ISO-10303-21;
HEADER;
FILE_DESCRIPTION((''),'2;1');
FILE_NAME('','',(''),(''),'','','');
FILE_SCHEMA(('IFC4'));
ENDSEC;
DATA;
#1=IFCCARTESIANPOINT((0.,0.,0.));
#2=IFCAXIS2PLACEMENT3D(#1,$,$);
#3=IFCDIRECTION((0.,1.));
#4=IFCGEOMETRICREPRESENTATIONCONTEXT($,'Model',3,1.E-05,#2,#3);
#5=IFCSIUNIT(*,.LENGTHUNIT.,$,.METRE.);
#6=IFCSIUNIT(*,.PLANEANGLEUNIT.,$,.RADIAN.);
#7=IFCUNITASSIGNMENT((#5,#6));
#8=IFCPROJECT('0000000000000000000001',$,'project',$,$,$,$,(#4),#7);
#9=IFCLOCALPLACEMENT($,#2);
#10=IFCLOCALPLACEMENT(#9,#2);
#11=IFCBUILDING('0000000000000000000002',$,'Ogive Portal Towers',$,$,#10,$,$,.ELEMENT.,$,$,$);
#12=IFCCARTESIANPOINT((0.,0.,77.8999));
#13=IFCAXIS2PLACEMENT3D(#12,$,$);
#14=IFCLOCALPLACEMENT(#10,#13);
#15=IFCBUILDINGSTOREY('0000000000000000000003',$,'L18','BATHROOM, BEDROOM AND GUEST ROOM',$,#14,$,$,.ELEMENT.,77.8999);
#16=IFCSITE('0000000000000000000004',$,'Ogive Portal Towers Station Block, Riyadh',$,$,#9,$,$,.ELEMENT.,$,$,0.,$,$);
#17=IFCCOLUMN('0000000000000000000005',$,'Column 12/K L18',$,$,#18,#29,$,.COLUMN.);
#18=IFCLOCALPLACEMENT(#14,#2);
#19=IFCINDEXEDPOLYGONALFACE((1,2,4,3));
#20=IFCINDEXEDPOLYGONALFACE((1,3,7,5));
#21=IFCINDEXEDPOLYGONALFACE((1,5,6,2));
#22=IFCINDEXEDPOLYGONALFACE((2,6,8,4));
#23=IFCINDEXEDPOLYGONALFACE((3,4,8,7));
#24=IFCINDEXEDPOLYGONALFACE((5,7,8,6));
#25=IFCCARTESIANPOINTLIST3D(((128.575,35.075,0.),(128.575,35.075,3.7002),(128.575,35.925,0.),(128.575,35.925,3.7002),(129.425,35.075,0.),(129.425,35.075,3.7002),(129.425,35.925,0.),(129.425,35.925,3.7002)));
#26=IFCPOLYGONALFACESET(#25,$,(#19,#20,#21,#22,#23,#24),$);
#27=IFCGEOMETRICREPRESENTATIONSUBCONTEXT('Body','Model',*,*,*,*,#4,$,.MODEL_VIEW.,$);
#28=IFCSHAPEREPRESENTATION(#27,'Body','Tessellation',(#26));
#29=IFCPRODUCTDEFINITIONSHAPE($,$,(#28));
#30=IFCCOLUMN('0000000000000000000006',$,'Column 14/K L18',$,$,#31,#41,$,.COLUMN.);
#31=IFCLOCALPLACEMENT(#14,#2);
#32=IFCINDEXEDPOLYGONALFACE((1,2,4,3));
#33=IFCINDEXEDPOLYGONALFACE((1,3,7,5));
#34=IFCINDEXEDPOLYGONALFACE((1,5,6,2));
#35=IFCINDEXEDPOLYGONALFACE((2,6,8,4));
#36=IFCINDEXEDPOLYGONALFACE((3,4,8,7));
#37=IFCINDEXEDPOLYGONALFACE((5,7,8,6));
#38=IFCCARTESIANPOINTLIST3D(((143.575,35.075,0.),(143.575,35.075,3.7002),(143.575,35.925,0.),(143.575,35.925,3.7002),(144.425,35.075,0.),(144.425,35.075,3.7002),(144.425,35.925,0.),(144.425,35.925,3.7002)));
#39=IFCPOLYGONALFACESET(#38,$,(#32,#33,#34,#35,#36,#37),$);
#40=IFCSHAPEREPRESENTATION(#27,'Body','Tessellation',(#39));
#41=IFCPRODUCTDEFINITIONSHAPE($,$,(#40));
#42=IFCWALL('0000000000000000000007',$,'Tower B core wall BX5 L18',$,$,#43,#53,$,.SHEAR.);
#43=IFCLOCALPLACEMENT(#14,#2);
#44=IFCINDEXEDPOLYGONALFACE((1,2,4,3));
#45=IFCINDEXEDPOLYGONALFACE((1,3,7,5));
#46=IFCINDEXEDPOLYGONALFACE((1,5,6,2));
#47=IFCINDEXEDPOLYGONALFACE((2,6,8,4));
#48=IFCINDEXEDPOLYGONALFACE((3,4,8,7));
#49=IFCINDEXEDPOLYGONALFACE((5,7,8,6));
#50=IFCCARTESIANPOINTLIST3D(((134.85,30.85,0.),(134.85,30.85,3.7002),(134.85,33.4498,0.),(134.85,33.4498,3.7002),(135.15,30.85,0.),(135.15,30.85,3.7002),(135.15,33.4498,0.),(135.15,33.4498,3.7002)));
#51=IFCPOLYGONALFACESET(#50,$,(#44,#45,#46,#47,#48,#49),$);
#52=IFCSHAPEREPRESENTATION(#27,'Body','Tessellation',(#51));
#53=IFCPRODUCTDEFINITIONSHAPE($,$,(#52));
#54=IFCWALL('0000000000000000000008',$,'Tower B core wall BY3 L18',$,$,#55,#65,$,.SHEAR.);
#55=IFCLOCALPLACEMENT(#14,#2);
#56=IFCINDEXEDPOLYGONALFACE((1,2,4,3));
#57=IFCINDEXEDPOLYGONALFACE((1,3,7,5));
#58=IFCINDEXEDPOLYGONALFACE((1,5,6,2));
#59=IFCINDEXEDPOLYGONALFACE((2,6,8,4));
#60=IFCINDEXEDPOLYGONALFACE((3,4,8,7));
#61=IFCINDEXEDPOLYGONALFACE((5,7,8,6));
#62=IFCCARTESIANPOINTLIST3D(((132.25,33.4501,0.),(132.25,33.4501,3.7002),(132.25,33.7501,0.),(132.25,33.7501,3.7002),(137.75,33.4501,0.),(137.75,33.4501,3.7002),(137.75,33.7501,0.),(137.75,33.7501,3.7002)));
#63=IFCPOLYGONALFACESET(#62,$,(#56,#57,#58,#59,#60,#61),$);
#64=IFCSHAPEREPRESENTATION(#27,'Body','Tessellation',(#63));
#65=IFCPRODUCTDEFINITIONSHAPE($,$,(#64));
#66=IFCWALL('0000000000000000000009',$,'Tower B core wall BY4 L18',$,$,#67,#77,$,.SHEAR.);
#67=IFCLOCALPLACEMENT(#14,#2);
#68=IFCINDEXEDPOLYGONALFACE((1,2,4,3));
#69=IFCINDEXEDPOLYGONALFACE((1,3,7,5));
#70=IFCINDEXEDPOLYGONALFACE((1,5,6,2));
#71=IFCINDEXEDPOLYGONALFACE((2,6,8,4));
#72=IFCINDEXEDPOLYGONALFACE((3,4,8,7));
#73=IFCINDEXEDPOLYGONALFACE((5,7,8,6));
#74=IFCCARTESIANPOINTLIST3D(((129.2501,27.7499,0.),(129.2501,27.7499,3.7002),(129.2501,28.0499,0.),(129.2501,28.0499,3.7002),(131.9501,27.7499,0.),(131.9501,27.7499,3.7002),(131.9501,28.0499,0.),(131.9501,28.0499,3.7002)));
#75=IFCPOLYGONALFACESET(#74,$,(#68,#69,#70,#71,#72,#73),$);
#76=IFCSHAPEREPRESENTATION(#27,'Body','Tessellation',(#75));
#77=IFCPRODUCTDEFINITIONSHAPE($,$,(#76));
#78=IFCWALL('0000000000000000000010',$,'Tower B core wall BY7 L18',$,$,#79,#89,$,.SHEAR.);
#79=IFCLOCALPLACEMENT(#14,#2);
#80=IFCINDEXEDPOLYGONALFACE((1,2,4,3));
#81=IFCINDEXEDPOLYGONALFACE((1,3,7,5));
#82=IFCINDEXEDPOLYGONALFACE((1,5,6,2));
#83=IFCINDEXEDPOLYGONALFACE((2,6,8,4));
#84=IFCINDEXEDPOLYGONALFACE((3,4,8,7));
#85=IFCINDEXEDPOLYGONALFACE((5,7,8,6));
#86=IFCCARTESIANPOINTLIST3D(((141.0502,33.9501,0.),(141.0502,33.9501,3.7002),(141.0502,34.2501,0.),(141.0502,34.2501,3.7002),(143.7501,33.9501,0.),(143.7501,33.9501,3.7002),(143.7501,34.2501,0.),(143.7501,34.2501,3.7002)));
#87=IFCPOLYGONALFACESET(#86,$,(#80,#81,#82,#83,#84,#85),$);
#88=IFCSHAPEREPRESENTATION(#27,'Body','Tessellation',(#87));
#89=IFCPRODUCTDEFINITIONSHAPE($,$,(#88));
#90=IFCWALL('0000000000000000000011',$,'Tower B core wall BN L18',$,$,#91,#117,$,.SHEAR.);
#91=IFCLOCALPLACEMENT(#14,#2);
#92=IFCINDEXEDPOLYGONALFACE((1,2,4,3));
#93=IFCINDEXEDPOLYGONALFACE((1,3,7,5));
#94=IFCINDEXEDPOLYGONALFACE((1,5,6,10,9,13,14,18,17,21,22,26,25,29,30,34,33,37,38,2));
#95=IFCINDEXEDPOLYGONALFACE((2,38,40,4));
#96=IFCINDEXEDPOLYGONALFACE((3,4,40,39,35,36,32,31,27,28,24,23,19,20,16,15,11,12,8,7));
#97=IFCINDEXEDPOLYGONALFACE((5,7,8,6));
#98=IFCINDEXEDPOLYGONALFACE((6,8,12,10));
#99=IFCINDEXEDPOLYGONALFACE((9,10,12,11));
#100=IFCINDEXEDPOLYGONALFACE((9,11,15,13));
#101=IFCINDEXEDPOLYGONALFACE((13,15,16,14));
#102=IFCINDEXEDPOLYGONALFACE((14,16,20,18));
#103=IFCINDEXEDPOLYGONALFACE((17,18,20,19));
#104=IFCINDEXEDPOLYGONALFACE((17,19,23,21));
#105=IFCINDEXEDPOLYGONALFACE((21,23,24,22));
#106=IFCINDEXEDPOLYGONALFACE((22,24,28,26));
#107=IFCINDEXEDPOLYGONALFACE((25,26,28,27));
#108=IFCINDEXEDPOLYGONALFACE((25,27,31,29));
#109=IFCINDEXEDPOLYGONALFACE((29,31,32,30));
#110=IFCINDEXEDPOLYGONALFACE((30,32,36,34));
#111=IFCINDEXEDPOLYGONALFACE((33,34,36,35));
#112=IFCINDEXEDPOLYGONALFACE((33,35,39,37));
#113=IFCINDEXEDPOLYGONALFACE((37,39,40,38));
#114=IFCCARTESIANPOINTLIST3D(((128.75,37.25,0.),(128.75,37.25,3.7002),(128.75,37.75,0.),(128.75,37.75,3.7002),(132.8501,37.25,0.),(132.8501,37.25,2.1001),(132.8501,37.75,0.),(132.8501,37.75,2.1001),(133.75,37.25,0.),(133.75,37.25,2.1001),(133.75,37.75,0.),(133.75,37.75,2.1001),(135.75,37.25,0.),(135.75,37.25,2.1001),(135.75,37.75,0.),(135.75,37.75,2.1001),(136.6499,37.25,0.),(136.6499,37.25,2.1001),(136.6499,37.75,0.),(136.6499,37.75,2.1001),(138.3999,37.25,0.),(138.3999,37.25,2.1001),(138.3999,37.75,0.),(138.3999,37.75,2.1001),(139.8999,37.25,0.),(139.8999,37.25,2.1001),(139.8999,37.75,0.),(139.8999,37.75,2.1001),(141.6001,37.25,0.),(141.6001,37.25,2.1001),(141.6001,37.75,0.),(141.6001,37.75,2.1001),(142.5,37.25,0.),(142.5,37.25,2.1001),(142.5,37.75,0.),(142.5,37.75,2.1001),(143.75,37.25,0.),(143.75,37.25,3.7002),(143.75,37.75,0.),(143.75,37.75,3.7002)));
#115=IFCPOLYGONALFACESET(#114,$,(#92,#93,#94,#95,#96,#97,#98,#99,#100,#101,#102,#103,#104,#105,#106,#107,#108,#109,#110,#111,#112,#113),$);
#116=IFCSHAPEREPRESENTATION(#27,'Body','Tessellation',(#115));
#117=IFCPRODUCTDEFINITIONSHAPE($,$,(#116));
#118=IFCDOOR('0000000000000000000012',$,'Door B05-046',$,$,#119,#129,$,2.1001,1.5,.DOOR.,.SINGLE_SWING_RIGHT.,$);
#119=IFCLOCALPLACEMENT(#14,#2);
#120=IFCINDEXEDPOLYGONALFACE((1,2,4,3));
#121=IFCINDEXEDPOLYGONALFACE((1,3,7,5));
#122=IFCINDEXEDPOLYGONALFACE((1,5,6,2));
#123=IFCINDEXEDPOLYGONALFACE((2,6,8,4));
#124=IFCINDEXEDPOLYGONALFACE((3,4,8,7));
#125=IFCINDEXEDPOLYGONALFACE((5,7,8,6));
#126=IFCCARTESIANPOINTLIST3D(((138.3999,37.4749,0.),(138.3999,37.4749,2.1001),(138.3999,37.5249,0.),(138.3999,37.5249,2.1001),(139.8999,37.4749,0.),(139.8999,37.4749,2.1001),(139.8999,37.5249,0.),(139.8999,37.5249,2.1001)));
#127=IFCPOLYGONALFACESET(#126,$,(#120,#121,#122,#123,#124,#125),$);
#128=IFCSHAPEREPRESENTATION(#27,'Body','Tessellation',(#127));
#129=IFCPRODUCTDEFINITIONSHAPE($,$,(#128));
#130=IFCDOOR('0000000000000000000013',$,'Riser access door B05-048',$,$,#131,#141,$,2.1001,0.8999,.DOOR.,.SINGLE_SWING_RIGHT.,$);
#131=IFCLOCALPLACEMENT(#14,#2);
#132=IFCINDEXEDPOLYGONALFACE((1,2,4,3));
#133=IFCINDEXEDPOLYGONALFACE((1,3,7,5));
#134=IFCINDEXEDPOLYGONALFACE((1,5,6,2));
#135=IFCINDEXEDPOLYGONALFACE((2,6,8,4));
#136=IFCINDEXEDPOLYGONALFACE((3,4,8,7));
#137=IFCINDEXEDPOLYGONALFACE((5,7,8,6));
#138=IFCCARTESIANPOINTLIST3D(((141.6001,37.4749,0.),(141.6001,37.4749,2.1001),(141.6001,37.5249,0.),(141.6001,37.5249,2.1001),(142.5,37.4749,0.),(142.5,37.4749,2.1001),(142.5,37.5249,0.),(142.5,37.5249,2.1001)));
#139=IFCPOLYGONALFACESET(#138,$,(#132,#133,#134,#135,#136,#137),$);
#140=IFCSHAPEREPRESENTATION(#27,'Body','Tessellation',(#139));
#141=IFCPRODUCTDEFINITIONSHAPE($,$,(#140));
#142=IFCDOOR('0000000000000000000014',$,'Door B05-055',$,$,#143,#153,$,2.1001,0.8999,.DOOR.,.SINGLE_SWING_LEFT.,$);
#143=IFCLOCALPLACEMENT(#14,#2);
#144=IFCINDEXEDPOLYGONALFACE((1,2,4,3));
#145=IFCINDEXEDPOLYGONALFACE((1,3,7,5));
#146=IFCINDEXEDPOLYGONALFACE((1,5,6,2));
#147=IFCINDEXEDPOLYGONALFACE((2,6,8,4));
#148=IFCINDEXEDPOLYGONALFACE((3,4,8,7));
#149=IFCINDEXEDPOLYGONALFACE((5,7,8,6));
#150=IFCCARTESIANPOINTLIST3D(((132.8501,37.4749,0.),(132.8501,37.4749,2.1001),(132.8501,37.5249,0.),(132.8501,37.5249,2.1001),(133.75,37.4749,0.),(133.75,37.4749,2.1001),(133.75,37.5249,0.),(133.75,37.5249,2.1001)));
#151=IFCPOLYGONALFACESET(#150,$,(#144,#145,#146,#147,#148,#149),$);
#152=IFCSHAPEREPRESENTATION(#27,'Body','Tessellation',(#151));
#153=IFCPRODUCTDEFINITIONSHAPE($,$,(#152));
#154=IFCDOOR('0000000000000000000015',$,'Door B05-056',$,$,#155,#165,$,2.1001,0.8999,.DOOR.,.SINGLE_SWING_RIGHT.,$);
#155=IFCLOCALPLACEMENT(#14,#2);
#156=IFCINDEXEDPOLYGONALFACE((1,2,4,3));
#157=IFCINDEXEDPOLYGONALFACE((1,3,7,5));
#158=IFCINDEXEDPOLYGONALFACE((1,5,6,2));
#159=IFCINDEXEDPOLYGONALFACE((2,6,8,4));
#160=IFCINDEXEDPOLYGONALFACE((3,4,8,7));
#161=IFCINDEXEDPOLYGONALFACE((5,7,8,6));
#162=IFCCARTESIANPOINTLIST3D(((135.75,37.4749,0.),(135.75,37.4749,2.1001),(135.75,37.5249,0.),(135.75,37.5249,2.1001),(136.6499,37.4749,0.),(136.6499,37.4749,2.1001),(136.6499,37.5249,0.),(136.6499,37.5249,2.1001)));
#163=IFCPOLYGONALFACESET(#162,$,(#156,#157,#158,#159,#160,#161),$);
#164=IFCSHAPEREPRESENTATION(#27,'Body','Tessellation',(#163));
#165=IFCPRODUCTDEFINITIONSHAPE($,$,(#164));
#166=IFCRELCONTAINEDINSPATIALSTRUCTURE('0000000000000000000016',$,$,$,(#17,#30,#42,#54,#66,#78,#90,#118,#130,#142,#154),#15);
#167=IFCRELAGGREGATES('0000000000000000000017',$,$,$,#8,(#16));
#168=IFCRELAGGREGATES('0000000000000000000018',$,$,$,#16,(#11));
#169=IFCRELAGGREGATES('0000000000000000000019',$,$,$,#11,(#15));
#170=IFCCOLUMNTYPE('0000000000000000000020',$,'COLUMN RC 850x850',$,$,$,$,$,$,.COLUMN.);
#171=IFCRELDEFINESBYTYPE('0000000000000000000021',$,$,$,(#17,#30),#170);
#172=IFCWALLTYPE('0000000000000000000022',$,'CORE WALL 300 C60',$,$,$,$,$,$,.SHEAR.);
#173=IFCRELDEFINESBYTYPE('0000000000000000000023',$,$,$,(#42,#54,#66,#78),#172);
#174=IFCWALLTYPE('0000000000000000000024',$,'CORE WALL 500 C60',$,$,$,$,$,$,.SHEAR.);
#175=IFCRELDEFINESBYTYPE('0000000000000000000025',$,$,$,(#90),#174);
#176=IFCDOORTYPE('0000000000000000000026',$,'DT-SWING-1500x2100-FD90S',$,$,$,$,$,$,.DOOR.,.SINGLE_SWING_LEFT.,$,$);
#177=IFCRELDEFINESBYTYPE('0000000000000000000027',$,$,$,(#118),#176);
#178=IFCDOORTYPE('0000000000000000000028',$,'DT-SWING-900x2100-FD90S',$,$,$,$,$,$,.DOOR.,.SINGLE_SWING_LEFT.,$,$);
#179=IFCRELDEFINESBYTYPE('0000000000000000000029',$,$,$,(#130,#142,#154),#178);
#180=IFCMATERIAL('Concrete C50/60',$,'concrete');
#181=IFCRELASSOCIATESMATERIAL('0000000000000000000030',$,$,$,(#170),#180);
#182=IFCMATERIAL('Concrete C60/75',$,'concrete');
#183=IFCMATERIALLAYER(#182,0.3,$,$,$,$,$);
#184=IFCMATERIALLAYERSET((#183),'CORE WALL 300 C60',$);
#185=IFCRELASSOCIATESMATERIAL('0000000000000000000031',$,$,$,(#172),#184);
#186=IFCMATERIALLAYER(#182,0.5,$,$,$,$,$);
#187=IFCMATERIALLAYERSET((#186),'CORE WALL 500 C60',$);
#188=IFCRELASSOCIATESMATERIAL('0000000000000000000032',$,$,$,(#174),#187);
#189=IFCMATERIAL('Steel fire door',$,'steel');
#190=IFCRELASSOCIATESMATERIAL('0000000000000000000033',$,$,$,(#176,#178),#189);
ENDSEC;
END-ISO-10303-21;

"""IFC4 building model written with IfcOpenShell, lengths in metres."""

from ifc_helpers import new_model, si_unit, direction, frame, frame_2d, origin, origin_2d, place, context, subcontext, project, spatial, rectangle, extrude, material, layer, layer_set, material_profile, profile_set, type_object, element, fill, save


model = new_model("IFC4")

# Units and contexts
model_context = context("Model", 3, precision=1e-05, world=origin(), true_north=direction((0.0, 1.0)))
body_context = subcontext(model_context, "Body", "Model", "MODEL_VIEW")
ifc_project = project(units=[si_unit("LENGTHUNIT", "METRE"), si_unit("PLANEANGLEUNIT", "RADIAN")], contexts=[model_context])

# Site, building, storey
site_placement = place(None, origin())
site = spatial("IfcSite", under=ifc_project, at=site_placement, Name="Ogive Portal Towers Station Block, Riyadh", CompositionType="ELEMENT", RefElevation=0.0)
building_placement = place(site_placement, origin())
building = spatial("IfcBuilding", under=site, at=building_placement, Name="Ogive Portal Towers", CompositionType="ELEMENT")
storey_placement = place(building_placement, frame((0.0, 0.0, 77.8999)))
storey = spatial("IfcBuildingStorey", under=building, at=storey_placement, Name="L18", Description="BATHROOM, BEDROOM AND GUEST ROOM", CompositionType="ELEMENT", Elevation=77.8999)

# Columns
ifc_material_1 = material(Name="Concrete C50/60", Category="concrete")
ifc_material_profile = material_profile(ifc_material_1, rectangle(XDim=0.8501, YDim=0.8501, at=origin_2d()), Name="RC 850x850")
ifc_profile_set = profile_set([ifc_material_profile], Name="Concrete C50/60")
column_type = type_object("IfcColumnType", Name="COLUMN RC 850x850", PredefinedType="COLUMN", material=ifc_profile_set)
for number, where, z_axis, x_axis, name in (
    (1, (129.0, 35.5, 0.0), (0.0, 0.0, 1.0), (1.0, 0.0, 0.0), "Column 12/K L18"),
    (2, (144.0, 35.5, 0.0), (0.0, 0.0, 1.0), (1.0, 0.0, 0.0), "Column 14/K L18"),
):
    element("IfcColumn", number, at=place(storey_placement, frame(where, z_axis=z_axis, x_axis=x_axis)), inside=storey, type_object=column_type, Name=name, PredefinedType="COLUMN", context=body_context, shape_type="SweptSolid", body=[
        extrude(rectangle(XDim=0.8501, YDim=0.8501, at=origin_2d()), origin(), (0.0, 0.0, 1.0), 3.7002),
    ])

# Wall
ifc_material_2 = material(Name="Concrete C60/75", Category="concrete")
ifc_layer_1 = layer(ifc_material_2, 0.3)
ifc_layer_set_1 = layer_set([ifc_layer_1], Name="CORE WALL 300 C60")
wall_type_1 = type_object("IfcWallType", Name="CORE WALL 300 C60", PredefinedType="SHEAR", material=ifc_layer_set_1)
wall_1_placement = place(storey_placement, frame((135.0, 30.8501, 0.0), z_axis=(0.0, 0.0, 1.0), x_axis=(0.0, 1.0, 0.0)))
element("IfcWall", 3, at=wall_1_placement, inside=storey, type_object=wall_type_1, Name="Tower B core wall BX5 L18", PredefinedType="SHEAR", context=body_context, shape_type="SweptSolid", body=[
    extrude(rectangle(XDim=2.5999, YDim=0.3, at=frame_2d((1.2998, 0.0))), origin(), (0.0, 0.0, 1.0), 3.7002),
])

# Walls
wall_2_placement = place(storey_placement, frame((132.25, 33.6001, 0.0), z_axis=(0.0, 0.0, 1.0), x_axis=(1.0, 0.0, 0.0)))
element("IfcWall", 4, at=wall_2_placement, inside=storey, type_object=wall_type_1, Name="Tower B core wall BY3 L18", PredefinedType="SHEAR", context=body_context, shape_type="SweptSolid", body=[
    extrude(rectangle(XDim=5.5, YDim=0.3, at=frame_2d((2.75, 0.0))), origin(), (0.0, 0.0, 1.0), 3.7002),
])
wall_3_placement = place(storey_placement, frame((129.25, 27.8999, 0.0), z_axis=(0.0, 0.0, 1.0), x_axis=(1.0, 0.0, 0.0)))
element("IfcWall", 5, at=wall_3_placement, inside=storey, type_object=wall_type_1, Name="Tower B core wall BY4 L18", PredefinedType="SHEAR", context=body_context, shape_type="SweptSolid", body=[
    extrude(rectangle(XDim=2.7, YDim=0.3, at=frame_2d((1.3501, 0.0))), origin(), (0.0, 0.0, 1.0), 3.7002),
])

# Wall
wall_4_placement = place(storey_placement, frame((141.05, 34.1001, 0.0), z_axis=(0.0, 0.0, 1.0), x_axis=(1.0, 0.0, 0.0)))
element("IfcWall", 6, at=wall_4_placement, inside=storey, type_object=wall_type_1, Name="Tower B core wall BY7 L18", PredefinedType="SHEAR", context=body_context, shape_type="SweptSolid", body=[
    extrude(rectangle(XDim=2.7, YDim=0.3, at=frame_2d((1.3501, 0.0))), origin(), (0.0, 0.0, 1.0), 3.7002),
])

# Wall, openings, doors
ifc_layer_2 = layer(ifc_material_2, 0.5)
ifc_layer_set_2 = layer_set([ifc_layer_2], Name="CORE WALL 500 C60")
wall_type_2 = type_object("IfcWallType", Name="CORE WALL 500 C60", PredefinedType="SHEAR", material=ifc_layer_set_2)
wall_5_placement = place(storey_placement, frame((128.75, 37.5, 0.0), z_axis=(0.0, 0.0, 1.0), x_axis=(1.0, 0.0, 0.0)))
wall_5 = element("IfcWall", 7, at=wall_5_placement, inside=storey, type_object=wall_type_2, Name="Tower B core wall BN L18", PredefinedType="SHEAR", context=body_context, shape_type="SweptSolid", body=[
    extrude(rectangle(XDim=15.0, YDim=0.5, at=frame_2d((7.5, 0.0))), origin(), (0.0, 0.0, 1.0), 3.7002),
])
opening_1_placement = place(wall_5_placement, frame((9.6499, 0.0, 0.0)))
opening_1 = element("IfcOpeningElement", 8, at=opening_1_placement, cuts=wall_5, PredefinedType="OPENING", context=body_context, shape_type="SweptSolid", body=[
    extrude(rectangle(XDim=1.5, YDim=2.1001, at=frame_2d((0.75, 1.05))), frame((0.0, 0.26, 0.0), z_axis=(0.0, -1.0, 0.0), x_axis=(1.0, 0.0, 0.0)), (0.0, 0.0, 1.0), 0.52),
])
opening_2_placement = place(wall_5_placement, frame((12.8501, 0.0, 0.0)))
opening_2 = element("IfcOpeningElement", 9, at=opening_2_placement, cuts=wall_5, PredefinedType="OPENING", context=body_context, shape_type="SweptSolid", body=[
    extrude(rectangle(XDim=0.8999, YDim=2.1001, at=frame_2d((0.45, 1.05))), frame((0.0, 0.26, 0.0), z_axis=(0.0, -1.0, 0.0), x_axis=(1.0, 0.0, 0.0)), (0.0, 0.0, 1.0), 0.52),
])
opening_3_placement = place(wall_5_placement, frame((4.1001, 0.0, 0.0)))
opening_3 = element("IfcOpeningElement", 10, at=opening_3_placement, cuts=wall_5, PredefinedType="OPENING", context=body_context, shape_type="SweptSolid", body=[
    extrude(rectangle(XDim=0.8999, YDim=2.1001, at=frame_2d((0.45, 1.05))), frame((0.0, 0.26, 0.0), z_axis=(0.0, -1.0, 0.0), x_axis=(1.0, 0.0, 0.0)), (0.0, 0.0, 1.0), 0.52),
])
opening_4_placement = place(wall_5_placement, frame((7.0, 0.0, 0.0)))
opening_4 = element("IfcOpeningElement", 11, at=opening_4_placement, cuts=wall_5, PredefinedType="OPENING", context=body_context, shape_type="SweptSolid", body=[
    extrude(rectangle(XDim=0.8999, YDim=2.1001, at=frame_2d((0.45, 1.05))), frame((0.0, 0.26, 0.0), z_axis=(0.0, -1.0, 0.0), x_axis=(1.0, 0.0, 0.0)), (0.0, 0.0, 1.0), 0.52),
])
ifc_material_3 = material(Name="Steel fire door", Category="steel")
door_type_1 = type_object("IfcDoorType", Name="DT-SWING-1500x2100-FD90S", OperationType="SINGLE_SWING_LEFT", PredefinedType="DOOR", material=ifc_material_3)
door_1_placement = place(opening_1_placement, origin())
door_1 = element("IfcDoor", 12, at=door_1_placement, inside=storey, type_object=door_type_1, Name="Door B05-046", OperationType="SINGLE_SWING_RIGHT", OverallHeight=2.1001, OverallWidth=1.5, PredefinedType="DOOR", context=body_context, shape_type="SweptSolid", body=[
    extrude(rectangle(XDim=1.5, YDim=2.1001, at=frame_2d((0.75, 1.05))), frame((0.0, 0.0249, 0.0), z_axis=(0.0, -1.0, 0.0), x_axis=(1.0, 0.0, 0.0)), (0.0, 0.0, 1.0), 0.05),
])
fill(opening_1, door_1)
door_type_2 = type_object("IfcDoorType", Name="DT-SWING-900x2100-FD90S", OperationType="SINGLE_SWING_LEFT", PredefinedType="DOOR", material=ifc_material_3)
door_2_placement = place(opening_2_placement, origin())
door_2 = element("IfcDoor", 13, at=door_2_placement, inside=storey, type_object=door_type_2, Name="Riser access door B05-048", OperationType="SINGLE_SWING_RIGHT", OverallHeight=2.1001, OverallWidth=0.8999, PredefinedType="DOOR", context=body_context, shape_type="SweptSolid", body=[
    extrude(rectangle(XDim=0.8999, YDim=2.1001, at=frame_2d((0.45, 1.05))), frame((0.0, 0.0249, 0.0), z_axis=(0.0, -1.0, 0.0), x_axis=(1.0, 0.0, 0.0)), (0.0, 0.0, 1.0), 0.05),
])
fill(opening_2, door_2)
door_3_placement = place(opening_3_placement, origin())
door_3 = element("IfcDoor", 14, at=door_3_placement, inside=storey, type_object=door_type_2, Name="Door B05-055", OperationType="SINGLE_SWING_LEFT", OverallHeight=2.1001, OverallWidth=0.8999, PredefinedType="DOOR", context=body_context, shape_type="SweptSolid", body=[
    extrude(rectangle(XDim=0.8999, YDim=2.1001, at=frame_2d((0.45, 1.05))), frame((0.0, 0.0249, 0.0), z_axis=(0.0, -1.0, 0.0), x_axis=(1.0, 0.0, 0.0)), (0.0, 0.0, 1.0), 0.05),
])
fill(opening_3, door_3)
door_4_placement = place(opening_4_placement, origin())
door_4 = element("IfcDoor", 15, at=door_4_placement, inside=storey, type_object=door_type_2, Name="Door B05-056", OperationType="SINGLE_SWING_RIGHT", OverallHeight=2.1001, OverallWidth=0.8999, PredefinedType="DOOR", context=body_context, shape_type="SweptSolid", body=[
    extrude(rectangle(XDim=0.8999, YDim=2.1001, at=frame_2d((0.45, 1.05))), frame((0.0, 0.0249, 0.0), z_axis=(0.0, -1.0, 0.0), x_axis=(1.0, 0.0, 0.0)), (0.0, 0.0, 1.0), 0.05),
])
fill(opening_4, door_4)

save(model, "model.ifc")
